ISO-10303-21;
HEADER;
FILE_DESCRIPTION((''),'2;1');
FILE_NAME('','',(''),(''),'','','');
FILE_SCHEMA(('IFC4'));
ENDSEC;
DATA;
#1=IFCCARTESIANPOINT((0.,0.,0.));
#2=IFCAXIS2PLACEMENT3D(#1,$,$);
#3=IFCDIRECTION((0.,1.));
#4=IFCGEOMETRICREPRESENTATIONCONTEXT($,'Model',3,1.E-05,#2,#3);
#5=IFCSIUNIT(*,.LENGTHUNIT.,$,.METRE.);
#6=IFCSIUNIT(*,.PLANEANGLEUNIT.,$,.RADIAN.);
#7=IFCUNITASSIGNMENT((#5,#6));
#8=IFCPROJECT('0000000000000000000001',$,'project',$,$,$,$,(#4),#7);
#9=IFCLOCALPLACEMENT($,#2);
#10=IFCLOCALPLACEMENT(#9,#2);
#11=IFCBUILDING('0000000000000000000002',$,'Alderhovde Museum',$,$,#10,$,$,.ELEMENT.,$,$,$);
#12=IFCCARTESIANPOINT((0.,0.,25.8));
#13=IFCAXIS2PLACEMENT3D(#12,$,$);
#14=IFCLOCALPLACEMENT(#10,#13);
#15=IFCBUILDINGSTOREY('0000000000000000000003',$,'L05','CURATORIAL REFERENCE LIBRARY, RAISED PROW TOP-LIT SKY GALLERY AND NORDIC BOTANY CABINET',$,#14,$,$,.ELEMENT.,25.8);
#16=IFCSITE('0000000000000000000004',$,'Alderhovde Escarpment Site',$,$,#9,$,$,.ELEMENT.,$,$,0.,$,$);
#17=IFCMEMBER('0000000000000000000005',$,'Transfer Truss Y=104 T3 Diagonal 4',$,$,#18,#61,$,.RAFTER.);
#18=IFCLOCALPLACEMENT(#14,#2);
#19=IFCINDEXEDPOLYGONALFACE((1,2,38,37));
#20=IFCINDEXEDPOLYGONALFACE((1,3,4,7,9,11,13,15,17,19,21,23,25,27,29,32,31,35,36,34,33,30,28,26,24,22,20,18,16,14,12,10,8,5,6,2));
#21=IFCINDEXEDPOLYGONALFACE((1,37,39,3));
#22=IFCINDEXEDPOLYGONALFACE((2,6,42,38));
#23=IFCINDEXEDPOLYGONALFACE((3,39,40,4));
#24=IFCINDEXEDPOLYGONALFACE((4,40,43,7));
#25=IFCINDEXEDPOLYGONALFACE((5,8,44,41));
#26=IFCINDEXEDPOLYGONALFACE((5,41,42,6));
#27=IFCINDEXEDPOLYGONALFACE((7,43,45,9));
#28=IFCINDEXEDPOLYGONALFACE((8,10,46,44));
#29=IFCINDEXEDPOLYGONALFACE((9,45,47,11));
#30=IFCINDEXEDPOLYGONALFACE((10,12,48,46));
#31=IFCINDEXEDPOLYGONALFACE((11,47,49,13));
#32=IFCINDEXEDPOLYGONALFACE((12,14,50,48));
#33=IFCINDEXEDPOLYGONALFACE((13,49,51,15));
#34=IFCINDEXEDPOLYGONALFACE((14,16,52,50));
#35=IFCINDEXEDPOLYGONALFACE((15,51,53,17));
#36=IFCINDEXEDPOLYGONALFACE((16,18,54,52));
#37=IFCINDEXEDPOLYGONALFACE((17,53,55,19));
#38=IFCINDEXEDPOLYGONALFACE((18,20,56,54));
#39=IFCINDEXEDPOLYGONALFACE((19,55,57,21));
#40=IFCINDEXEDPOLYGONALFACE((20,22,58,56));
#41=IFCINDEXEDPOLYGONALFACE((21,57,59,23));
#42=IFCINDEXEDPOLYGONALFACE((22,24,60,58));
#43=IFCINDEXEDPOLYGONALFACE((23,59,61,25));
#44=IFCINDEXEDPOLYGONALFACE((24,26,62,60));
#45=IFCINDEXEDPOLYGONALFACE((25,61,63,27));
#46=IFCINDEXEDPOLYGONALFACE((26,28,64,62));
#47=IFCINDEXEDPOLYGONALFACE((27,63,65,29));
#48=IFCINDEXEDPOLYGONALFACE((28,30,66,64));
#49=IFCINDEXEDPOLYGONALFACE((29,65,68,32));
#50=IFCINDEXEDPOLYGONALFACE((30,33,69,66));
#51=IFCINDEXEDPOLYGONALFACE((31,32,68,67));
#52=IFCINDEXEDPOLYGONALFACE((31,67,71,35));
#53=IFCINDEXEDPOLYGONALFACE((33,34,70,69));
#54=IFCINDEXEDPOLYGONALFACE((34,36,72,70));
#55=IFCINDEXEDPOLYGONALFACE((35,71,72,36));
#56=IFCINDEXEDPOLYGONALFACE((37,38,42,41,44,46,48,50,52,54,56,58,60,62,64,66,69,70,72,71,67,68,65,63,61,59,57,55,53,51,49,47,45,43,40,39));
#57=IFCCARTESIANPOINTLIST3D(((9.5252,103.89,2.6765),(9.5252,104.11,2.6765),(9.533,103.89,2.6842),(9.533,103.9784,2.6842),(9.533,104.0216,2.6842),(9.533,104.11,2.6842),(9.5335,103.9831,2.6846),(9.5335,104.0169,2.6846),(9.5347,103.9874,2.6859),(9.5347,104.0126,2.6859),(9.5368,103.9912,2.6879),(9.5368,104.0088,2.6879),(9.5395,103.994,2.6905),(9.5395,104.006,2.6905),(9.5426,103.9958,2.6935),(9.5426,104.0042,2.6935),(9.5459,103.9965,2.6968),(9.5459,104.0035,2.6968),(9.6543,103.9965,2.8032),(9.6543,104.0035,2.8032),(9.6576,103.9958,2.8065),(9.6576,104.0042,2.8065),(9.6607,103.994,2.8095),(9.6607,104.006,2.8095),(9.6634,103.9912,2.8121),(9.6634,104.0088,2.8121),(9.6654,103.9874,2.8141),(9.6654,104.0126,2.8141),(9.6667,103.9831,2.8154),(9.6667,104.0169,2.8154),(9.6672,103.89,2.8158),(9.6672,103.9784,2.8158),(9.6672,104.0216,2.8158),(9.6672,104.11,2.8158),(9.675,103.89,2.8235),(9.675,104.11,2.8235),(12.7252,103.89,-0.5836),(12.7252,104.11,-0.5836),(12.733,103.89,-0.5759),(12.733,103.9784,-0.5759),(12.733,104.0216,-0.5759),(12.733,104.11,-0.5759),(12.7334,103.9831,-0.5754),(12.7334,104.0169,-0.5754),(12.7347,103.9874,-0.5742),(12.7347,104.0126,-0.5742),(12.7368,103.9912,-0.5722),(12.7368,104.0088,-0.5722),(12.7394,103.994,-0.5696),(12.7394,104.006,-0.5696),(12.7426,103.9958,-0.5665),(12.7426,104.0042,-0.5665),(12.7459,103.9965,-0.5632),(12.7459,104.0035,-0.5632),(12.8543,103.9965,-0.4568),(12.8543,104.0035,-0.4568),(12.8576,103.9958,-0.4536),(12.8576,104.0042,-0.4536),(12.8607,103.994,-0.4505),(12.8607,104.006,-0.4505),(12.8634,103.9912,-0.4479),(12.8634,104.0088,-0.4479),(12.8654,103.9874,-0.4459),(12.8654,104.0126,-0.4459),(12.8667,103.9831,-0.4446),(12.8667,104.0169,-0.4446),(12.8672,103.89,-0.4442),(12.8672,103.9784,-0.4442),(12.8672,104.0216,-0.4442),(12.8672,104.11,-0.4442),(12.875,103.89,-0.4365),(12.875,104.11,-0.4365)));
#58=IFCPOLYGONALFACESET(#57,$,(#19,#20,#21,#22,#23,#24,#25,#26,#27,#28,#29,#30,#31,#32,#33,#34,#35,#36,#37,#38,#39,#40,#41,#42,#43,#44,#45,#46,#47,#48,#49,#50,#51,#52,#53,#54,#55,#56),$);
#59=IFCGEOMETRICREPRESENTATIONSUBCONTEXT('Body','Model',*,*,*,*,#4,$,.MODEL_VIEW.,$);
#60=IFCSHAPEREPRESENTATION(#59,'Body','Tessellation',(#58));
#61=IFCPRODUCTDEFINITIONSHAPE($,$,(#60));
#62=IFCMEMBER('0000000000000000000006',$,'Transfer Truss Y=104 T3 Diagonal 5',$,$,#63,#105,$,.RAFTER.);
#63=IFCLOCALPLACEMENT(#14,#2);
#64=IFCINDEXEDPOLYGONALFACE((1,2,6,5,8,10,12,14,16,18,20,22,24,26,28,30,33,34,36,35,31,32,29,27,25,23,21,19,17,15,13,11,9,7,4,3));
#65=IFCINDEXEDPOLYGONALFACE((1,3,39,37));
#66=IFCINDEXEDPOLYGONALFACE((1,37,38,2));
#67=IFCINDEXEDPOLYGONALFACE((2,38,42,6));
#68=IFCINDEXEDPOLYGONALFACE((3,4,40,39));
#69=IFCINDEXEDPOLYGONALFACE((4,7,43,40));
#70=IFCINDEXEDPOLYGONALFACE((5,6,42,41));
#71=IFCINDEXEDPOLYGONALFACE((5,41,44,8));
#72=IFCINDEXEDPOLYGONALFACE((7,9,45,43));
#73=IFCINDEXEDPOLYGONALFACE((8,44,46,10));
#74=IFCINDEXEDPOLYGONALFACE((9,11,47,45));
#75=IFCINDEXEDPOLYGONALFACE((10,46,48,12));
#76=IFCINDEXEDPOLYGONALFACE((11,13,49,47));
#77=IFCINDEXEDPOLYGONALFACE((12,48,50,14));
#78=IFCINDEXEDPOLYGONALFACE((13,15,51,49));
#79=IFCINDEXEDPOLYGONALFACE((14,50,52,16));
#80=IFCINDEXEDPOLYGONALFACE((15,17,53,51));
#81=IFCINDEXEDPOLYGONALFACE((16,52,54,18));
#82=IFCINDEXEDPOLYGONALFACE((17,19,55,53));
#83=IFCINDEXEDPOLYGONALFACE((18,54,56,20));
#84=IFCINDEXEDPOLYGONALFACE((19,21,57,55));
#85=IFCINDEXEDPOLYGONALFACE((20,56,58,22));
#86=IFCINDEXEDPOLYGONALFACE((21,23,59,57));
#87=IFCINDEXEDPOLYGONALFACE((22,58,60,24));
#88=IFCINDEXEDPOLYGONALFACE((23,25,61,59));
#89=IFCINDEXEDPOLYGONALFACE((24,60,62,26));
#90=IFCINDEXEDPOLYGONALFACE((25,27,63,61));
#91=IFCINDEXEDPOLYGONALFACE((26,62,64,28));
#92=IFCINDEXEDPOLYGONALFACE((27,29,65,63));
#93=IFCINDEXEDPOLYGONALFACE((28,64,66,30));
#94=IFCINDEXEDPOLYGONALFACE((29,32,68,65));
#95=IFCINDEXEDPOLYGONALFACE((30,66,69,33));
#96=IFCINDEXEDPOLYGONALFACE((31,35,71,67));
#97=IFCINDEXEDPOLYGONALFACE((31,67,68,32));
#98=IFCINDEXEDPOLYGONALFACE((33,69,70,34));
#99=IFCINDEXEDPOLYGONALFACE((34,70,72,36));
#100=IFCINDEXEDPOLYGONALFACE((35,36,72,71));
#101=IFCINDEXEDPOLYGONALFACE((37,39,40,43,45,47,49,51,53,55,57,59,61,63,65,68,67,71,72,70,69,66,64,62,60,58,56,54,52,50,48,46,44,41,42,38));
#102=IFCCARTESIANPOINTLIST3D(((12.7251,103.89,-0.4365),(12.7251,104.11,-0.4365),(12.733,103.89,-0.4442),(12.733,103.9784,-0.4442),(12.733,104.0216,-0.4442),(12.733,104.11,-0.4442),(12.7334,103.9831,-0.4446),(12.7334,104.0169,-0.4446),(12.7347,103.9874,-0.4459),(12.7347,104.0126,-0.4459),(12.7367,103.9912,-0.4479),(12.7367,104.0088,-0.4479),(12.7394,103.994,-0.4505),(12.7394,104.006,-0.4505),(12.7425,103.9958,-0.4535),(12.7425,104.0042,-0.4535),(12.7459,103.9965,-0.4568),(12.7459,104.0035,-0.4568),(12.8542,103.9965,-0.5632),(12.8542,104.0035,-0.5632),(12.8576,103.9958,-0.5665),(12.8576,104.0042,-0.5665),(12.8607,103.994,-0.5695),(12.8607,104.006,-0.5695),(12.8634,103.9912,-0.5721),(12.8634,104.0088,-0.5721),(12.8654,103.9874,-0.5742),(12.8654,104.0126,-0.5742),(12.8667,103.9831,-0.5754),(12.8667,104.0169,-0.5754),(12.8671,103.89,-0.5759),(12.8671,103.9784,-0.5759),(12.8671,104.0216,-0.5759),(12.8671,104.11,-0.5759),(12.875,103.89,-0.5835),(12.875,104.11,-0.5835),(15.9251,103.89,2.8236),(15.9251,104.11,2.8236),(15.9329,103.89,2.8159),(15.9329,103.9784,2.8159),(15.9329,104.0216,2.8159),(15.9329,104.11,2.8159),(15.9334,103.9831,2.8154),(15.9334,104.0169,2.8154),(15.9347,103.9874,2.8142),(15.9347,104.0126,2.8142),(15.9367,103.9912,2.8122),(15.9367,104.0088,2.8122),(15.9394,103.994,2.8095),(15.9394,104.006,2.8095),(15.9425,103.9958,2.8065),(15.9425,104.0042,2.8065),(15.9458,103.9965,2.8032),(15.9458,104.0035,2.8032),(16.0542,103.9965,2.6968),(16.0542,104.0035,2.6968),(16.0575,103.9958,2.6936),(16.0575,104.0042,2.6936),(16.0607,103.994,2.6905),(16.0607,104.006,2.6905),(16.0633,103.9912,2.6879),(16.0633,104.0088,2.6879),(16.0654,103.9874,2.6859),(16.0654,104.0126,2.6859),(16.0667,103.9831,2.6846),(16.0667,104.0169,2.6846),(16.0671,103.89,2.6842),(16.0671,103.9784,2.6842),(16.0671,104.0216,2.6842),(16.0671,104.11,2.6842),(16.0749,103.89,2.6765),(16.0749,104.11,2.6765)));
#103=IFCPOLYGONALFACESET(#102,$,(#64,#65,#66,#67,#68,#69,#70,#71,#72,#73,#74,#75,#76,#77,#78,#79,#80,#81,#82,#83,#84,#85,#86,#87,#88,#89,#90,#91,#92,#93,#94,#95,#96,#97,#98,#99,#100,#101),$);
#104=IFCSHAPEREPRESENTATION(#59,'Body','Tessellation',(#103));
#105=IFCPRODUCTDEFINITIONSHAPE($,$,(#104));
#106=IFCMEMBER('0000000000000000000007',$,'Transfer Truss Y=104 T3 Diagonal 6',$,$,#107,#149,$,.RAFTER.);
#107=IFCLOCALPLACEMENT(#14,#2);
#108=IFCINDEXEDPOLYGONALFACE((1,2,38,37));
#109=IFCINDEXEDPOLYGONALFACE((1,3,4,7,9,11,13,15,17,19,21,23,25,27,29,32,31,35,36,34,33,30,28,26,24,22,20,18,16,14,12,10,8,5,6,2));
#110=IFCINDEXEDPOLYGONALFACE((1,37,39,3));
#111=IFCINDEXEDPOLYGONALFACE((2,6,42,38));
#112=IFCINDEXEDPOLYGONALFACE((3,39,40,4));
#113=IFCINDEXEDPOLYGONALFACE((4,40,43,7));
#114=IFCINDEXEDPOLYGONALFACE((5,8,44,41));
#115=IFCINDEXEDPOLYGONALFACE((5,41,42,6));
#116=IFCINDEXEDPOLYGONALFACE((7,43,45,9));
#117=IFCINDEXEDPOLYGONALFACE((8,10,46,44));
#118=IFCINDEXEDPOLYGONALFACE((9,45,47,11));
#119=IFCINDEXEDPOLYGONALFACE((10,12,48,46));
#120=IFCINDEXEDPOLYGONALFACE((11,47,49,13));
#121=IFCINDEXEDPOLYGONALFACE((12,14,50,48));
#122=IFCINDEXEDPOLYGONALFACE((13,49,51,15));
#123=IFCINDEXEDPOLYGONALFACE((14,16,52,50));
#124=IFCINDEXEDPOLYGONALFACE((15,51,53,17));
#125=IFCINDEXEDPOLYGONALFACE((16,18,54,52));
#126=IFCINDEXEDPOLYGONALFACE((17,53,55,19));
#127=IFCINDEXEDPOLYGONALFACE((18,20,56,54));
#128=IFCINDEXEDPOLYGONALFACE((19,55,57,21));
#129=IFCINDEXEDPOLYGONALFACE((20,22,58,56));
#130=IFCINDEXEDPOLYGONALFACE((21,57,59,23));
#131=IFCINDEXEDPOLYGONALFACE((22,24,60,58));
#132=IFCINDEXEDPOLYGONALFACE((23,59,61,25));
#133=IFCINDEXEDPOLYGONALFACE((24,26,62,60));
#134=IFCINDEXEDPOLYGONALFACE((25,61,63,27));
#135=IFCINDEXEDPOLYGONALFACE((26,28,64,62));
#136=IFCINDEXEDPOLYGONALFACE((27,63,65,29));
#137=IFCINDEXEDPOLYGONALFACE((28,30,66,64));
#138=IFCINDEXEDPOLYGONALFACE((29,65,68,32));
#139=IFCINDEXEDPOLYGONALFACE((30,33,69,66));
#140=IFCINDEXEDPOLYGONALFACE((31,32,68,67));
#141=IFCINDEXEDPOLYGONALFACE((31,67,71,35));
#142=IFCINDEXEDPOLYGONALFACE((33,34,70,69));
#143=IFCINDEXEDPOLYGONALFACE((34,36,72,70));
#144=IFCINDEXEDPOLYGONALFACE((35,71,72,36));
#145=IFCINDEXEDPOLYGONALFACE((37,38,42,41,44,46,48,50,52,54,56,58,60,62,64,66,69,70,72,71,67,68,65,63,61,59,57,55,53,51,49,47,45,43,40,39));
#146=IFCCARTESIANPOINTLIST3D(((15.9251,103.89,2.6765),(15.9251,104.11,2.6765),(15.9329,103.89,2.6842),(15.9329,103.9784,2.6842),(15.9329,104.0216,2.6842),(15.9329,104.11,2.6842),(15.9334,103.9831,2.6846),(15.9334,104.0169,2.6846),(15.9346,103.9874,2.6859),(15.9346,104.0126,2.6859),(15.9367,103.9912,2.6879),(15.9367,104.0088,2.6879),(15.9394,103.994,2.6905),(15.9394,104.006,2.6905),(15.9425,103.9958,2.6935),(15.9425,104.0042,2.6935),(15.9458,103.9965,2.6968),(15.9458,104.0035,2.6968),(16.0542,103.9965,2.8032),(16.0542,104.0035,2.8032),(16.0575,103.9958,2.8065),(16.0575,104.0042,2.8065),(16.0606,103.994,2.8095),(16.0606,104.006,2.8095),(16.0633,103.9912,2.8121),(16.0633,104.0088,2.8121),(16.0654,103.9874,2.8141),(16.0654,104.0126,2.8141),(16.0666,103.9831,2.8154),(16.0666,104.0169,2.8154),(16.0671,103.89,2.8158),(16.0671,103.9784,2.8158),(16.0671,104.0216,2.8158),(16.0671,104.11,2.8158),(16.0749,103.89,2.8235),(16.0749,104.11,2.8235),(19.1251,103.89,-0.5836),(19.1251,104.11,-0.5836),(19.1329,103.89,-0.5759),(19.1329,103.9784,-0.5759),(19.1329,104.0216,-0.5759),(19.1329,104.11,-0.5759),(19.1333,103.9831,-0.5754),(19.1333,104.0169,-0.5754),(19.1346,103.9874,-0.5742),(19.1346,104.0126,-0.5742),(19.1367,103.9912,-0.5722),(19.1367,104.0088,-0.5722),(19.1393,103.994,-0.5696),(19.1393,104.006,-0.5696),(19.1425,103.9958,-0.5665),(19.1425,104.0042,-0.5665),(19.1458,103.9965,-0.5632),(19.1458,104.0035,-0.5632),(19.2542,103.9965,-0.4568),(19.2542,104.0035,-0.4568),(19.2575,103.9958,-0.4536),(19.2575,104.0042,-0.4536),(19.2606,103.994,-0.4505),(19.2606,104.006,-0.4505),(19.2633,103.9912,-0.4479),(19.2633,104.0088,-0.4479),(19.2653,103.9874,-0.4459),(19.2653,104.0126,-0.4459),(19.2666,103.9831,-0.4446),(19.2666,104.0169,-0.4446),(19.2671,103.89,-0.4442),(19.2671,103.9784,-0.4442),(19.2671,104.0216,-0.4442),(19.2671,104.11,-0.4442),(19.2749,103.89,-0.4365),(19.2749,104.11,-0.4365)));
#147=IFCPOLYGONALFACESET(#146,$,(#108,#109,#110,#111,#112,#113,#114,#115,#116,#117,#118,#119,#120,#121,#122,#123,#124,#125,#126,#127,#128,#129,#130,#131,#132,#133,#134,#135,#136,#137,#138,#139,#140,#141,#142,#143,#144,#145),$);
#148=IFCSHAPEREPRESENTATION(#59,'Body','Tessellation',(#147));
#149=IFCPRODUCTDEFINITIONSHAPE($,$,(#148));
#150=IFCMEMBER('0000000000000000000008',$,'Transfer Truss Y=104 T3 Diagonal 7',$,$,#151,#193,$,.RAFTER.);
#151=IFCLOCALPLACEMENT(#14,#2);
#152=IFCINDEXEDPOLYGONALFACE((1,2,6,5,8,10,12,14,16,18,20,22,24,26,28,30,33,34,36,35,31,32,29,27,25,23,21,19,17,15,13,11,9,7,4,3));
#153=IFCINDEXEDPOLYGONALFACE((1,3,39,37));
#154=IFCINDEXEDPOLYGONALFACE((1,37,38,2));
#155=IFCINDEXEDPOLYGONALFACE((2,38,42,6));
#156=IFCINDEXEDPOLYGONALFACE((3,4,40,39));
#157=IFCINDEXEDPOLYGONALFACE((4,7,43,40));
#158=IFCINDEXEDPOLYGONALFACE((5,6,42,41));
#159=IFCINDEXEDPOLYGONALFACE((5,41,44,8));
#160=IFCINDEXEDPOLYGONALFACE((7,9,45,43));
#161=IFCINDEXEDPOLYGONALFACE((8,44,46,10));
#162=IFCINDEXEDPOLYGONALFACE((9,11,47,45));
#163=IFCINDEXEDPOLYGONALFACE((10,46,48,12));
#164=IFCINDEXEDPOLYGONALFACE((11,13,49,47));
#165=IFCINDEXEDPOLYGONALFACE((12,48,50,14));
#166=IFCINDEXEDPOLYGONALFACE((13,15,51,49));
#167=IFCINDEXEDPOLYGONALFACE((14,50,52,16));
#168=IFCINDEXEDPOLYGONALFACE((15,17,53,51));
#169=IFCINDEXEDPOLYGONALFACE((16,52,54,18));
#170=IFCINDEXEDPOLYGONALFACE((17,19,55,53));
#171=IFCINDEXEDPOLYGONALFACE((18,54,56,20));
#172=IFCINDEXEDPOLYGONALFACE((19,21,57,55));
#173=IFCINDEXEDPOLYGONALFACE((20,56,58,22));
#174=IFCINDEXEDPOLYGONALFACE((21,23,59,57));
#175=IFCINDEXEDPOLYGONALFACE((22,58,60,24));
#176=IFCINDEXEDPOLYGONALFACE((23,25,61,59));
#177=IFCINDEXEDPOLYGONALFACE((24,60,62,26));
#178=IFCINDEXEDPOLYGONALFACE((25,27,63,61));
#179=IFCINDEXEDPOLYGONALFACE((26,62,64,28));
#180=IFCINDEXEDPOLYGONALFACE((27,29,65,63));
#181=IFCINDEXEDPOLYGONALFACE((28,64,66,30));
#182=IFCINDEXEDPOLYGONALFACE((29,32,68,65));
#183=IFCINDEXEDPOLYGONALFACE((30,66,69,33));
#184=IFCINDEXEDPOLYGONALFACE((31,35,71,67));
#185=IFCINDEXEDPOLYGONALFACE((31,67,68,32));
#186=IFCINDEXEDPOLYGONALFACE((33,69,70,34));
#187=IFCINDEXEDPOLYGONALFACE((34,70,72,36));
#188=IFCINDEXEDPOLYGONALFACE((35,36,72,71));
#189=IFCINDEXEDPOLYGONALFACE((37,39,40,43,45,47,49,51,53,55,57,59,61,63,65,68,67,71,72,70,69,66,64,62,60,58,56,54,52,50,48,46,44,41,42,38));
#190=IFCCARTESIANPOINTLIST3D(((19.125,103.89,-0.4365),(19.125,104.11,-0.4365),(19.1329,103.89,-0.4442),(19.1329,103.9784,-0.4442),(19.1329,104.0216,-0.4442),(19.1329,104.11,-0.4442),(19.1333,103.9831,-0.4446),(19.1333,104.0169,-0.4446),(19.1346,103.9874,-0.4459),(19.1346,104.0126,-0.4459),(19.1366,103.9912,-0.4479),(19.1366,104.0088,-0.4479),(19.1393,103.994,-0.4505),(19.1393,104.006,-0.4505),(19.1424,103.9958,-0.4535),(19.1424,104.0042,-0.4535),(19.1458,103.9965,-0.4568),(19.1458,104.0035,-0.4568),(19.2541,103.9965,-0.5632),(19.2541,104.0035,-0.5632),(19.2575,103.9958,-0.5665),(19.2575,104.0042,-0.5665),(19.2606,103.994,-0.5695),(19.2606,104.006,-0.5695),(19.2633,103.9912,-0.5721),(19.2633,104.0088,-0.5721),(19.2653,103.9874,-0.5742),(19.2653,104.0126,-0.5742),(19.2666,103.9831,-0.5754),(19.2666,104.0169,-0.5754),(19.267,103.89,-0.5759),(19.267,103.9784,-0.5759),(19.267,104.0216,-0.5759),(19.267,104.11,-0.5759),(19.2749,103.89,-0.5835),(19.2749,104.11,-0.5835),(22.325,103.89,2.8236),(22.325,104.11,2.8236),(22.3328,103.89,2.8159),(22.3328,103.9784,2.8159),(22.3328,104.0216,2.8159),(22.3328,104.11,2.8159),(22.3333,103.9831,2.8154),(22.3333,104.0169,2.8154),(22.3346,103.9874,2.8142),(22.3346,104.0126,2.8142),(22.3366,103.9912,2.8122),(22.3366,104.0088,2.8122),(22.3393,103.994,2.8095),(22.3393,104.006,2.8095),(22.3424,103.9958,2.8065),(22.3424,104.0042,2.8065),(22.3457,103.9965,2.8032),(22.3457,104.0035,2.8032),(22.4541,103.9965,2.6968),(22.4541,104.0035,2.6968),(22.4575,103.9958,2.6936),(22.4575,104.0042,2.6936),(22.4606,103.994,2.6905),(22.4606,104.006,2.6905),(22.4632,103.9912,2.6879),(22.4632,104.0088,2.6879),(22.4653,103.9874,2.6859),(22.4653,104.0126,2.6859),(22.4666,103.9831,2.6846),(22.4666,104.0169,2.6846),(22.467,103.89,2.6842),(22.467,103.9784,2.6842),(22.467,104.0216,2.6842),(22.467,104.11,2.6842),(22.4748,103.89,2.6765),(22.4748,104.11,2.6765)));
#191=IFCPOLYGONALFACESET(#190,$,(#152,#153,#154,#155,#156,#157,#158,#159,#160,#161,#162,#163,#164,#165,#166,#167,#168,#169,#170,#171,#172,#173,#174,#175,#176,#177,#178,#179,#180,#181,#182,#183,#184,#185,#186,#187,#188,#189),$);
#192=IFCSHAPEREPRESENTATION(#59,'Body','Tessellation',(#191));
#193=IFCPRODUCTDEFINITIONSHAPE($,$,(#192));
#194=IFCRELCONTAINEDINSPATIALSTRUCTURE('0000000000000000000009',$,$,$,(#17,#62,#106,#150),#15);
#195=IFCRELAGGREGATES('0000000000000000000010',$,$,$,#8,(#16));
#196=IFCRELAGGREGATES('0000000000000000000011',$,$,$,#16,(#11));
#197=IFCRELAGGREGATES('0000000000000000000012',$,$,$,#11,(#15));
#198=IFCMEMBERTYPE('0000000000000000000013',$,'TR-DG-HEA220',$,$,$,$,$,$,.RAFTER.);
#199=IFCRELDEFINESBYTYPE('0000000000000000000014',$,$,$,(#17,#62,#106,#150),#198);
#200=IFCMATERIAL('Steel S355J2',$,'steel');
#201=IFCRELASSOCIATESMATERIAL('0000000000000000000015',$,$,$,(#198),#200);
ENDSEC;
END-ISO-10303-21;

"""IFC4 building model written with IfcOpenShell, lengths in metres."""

from ifc_helpers import new_model, si_unit, direction, frame, origin, origin_2d, place, context, subcontext, project, spatial, i_section, extrude, material, material_profile, profile_set, type_object, element, save


model = new_model("IFC4")

# Units and contexts
model_context = context("Model", 3, precision=1e-05, world=origin(), true_north=direction((0.0, 1.0)))
body_context = subcontext(model_context, "Body", "Model", "MODEL_VIEW")
ifc_project = project(units=[si_unit("LENGTHUNIT", "METRE"), si_unit("PLANEANGLEUNIT", "RADIAN")], contexts=[model_context])

# Site, building, storey
site_placement = place(None, origin())
site = spatial("IfcSite", under=ifc_project, at=site_placement, Name="Alderhovde Escarpment Site", CompositionType="ELEMENT", RefElevation=0.0)
building_placement = place(site_placement, origin())
building = spatial("IfcBuilding", under=site, at=building_placement, Name="Alderhovde Museum", CompositionType="ELEMENT")
storey_placement = place(building_placement, frame((0.0, 0.0, 25.8)))
storey = spatial("IfcBuildingStorey", under=building, at=storey_placement, Name="L05", Description="CURATORIAL REFERENCE LIBRARY, RAISED PROW TOP-LIT SKY GALLERY AND NORDIC BOTANY CABINET", CompositionType="ELEMENT", Elevation=25.8)

# Members
ifc_material_1 = material(Name="Steel S355J2", Category="steel")
ifc_material_profile_1 = material_profile(ifc_material_1, i_section(OverallWidth=0.22, OverallDepth=0.21, WebThickness=0.0071, FlangeThickness=0.011, FilletRadius=0.0181, at=origin_2d()), Name="HEA 220")
ifc_profile_set_1 = profile_set([ifc_material_profile_1], Name="Steel S355J2")
member_type_1 = type_object("IfcMemberType", Name="TR-DG-HEA220", PredefinedType="RAFTER", material=ifc_profile_set_1)
for number, where, z_axis, x_axis, name in (
    (1, (9.6001, 104.0, 2.75), (0.700502, 0.0, -0.71365), (0.0, 1.0, 0.0), "Transfer Truss Y=104 T3 Diagonal 4"),
    (2, (12.8, 104.0, -0.51), (0.700502, 0.0, 0.71365), (0.0, 1.0, 0.0), "Transfer Truss Y=104 T3 Diagonal 5"),
    (3, (16.0, 104.0, 2.75), (0.700502, 0.0, -0.71365), (0.0, 1.0, 0.0), "Transfer Truss Y=104 T3 Diagonal 6"),
    (4, (19.2, 104.0, -0.51), (0.700502, 0.0, 0.71365), (0.0, 1.0, 0.0), "Transfer Truss Y=104 T3 Diagonal 7"),
):
    element("IfcMember", number, at=place(storey_placement, frame(where, z_axis=z_axis, x_axis=x_axis)), inside=storey, type_object=member_type_1, Name=name, PredefinedType="RAFTER", context=body_context, shape_type="SweptSolid", body=[
        extrude(i_section(OverallWidth=0.22, OverallDepth=0.21, WebThickness=0.0071, FlangeThickness=0.011, FilletRadius=0.0181, at=origin_2d()), origin(), (0.0, 0.0, 1.0), 4.5681),
    ])

save(model, "model.ifc")
